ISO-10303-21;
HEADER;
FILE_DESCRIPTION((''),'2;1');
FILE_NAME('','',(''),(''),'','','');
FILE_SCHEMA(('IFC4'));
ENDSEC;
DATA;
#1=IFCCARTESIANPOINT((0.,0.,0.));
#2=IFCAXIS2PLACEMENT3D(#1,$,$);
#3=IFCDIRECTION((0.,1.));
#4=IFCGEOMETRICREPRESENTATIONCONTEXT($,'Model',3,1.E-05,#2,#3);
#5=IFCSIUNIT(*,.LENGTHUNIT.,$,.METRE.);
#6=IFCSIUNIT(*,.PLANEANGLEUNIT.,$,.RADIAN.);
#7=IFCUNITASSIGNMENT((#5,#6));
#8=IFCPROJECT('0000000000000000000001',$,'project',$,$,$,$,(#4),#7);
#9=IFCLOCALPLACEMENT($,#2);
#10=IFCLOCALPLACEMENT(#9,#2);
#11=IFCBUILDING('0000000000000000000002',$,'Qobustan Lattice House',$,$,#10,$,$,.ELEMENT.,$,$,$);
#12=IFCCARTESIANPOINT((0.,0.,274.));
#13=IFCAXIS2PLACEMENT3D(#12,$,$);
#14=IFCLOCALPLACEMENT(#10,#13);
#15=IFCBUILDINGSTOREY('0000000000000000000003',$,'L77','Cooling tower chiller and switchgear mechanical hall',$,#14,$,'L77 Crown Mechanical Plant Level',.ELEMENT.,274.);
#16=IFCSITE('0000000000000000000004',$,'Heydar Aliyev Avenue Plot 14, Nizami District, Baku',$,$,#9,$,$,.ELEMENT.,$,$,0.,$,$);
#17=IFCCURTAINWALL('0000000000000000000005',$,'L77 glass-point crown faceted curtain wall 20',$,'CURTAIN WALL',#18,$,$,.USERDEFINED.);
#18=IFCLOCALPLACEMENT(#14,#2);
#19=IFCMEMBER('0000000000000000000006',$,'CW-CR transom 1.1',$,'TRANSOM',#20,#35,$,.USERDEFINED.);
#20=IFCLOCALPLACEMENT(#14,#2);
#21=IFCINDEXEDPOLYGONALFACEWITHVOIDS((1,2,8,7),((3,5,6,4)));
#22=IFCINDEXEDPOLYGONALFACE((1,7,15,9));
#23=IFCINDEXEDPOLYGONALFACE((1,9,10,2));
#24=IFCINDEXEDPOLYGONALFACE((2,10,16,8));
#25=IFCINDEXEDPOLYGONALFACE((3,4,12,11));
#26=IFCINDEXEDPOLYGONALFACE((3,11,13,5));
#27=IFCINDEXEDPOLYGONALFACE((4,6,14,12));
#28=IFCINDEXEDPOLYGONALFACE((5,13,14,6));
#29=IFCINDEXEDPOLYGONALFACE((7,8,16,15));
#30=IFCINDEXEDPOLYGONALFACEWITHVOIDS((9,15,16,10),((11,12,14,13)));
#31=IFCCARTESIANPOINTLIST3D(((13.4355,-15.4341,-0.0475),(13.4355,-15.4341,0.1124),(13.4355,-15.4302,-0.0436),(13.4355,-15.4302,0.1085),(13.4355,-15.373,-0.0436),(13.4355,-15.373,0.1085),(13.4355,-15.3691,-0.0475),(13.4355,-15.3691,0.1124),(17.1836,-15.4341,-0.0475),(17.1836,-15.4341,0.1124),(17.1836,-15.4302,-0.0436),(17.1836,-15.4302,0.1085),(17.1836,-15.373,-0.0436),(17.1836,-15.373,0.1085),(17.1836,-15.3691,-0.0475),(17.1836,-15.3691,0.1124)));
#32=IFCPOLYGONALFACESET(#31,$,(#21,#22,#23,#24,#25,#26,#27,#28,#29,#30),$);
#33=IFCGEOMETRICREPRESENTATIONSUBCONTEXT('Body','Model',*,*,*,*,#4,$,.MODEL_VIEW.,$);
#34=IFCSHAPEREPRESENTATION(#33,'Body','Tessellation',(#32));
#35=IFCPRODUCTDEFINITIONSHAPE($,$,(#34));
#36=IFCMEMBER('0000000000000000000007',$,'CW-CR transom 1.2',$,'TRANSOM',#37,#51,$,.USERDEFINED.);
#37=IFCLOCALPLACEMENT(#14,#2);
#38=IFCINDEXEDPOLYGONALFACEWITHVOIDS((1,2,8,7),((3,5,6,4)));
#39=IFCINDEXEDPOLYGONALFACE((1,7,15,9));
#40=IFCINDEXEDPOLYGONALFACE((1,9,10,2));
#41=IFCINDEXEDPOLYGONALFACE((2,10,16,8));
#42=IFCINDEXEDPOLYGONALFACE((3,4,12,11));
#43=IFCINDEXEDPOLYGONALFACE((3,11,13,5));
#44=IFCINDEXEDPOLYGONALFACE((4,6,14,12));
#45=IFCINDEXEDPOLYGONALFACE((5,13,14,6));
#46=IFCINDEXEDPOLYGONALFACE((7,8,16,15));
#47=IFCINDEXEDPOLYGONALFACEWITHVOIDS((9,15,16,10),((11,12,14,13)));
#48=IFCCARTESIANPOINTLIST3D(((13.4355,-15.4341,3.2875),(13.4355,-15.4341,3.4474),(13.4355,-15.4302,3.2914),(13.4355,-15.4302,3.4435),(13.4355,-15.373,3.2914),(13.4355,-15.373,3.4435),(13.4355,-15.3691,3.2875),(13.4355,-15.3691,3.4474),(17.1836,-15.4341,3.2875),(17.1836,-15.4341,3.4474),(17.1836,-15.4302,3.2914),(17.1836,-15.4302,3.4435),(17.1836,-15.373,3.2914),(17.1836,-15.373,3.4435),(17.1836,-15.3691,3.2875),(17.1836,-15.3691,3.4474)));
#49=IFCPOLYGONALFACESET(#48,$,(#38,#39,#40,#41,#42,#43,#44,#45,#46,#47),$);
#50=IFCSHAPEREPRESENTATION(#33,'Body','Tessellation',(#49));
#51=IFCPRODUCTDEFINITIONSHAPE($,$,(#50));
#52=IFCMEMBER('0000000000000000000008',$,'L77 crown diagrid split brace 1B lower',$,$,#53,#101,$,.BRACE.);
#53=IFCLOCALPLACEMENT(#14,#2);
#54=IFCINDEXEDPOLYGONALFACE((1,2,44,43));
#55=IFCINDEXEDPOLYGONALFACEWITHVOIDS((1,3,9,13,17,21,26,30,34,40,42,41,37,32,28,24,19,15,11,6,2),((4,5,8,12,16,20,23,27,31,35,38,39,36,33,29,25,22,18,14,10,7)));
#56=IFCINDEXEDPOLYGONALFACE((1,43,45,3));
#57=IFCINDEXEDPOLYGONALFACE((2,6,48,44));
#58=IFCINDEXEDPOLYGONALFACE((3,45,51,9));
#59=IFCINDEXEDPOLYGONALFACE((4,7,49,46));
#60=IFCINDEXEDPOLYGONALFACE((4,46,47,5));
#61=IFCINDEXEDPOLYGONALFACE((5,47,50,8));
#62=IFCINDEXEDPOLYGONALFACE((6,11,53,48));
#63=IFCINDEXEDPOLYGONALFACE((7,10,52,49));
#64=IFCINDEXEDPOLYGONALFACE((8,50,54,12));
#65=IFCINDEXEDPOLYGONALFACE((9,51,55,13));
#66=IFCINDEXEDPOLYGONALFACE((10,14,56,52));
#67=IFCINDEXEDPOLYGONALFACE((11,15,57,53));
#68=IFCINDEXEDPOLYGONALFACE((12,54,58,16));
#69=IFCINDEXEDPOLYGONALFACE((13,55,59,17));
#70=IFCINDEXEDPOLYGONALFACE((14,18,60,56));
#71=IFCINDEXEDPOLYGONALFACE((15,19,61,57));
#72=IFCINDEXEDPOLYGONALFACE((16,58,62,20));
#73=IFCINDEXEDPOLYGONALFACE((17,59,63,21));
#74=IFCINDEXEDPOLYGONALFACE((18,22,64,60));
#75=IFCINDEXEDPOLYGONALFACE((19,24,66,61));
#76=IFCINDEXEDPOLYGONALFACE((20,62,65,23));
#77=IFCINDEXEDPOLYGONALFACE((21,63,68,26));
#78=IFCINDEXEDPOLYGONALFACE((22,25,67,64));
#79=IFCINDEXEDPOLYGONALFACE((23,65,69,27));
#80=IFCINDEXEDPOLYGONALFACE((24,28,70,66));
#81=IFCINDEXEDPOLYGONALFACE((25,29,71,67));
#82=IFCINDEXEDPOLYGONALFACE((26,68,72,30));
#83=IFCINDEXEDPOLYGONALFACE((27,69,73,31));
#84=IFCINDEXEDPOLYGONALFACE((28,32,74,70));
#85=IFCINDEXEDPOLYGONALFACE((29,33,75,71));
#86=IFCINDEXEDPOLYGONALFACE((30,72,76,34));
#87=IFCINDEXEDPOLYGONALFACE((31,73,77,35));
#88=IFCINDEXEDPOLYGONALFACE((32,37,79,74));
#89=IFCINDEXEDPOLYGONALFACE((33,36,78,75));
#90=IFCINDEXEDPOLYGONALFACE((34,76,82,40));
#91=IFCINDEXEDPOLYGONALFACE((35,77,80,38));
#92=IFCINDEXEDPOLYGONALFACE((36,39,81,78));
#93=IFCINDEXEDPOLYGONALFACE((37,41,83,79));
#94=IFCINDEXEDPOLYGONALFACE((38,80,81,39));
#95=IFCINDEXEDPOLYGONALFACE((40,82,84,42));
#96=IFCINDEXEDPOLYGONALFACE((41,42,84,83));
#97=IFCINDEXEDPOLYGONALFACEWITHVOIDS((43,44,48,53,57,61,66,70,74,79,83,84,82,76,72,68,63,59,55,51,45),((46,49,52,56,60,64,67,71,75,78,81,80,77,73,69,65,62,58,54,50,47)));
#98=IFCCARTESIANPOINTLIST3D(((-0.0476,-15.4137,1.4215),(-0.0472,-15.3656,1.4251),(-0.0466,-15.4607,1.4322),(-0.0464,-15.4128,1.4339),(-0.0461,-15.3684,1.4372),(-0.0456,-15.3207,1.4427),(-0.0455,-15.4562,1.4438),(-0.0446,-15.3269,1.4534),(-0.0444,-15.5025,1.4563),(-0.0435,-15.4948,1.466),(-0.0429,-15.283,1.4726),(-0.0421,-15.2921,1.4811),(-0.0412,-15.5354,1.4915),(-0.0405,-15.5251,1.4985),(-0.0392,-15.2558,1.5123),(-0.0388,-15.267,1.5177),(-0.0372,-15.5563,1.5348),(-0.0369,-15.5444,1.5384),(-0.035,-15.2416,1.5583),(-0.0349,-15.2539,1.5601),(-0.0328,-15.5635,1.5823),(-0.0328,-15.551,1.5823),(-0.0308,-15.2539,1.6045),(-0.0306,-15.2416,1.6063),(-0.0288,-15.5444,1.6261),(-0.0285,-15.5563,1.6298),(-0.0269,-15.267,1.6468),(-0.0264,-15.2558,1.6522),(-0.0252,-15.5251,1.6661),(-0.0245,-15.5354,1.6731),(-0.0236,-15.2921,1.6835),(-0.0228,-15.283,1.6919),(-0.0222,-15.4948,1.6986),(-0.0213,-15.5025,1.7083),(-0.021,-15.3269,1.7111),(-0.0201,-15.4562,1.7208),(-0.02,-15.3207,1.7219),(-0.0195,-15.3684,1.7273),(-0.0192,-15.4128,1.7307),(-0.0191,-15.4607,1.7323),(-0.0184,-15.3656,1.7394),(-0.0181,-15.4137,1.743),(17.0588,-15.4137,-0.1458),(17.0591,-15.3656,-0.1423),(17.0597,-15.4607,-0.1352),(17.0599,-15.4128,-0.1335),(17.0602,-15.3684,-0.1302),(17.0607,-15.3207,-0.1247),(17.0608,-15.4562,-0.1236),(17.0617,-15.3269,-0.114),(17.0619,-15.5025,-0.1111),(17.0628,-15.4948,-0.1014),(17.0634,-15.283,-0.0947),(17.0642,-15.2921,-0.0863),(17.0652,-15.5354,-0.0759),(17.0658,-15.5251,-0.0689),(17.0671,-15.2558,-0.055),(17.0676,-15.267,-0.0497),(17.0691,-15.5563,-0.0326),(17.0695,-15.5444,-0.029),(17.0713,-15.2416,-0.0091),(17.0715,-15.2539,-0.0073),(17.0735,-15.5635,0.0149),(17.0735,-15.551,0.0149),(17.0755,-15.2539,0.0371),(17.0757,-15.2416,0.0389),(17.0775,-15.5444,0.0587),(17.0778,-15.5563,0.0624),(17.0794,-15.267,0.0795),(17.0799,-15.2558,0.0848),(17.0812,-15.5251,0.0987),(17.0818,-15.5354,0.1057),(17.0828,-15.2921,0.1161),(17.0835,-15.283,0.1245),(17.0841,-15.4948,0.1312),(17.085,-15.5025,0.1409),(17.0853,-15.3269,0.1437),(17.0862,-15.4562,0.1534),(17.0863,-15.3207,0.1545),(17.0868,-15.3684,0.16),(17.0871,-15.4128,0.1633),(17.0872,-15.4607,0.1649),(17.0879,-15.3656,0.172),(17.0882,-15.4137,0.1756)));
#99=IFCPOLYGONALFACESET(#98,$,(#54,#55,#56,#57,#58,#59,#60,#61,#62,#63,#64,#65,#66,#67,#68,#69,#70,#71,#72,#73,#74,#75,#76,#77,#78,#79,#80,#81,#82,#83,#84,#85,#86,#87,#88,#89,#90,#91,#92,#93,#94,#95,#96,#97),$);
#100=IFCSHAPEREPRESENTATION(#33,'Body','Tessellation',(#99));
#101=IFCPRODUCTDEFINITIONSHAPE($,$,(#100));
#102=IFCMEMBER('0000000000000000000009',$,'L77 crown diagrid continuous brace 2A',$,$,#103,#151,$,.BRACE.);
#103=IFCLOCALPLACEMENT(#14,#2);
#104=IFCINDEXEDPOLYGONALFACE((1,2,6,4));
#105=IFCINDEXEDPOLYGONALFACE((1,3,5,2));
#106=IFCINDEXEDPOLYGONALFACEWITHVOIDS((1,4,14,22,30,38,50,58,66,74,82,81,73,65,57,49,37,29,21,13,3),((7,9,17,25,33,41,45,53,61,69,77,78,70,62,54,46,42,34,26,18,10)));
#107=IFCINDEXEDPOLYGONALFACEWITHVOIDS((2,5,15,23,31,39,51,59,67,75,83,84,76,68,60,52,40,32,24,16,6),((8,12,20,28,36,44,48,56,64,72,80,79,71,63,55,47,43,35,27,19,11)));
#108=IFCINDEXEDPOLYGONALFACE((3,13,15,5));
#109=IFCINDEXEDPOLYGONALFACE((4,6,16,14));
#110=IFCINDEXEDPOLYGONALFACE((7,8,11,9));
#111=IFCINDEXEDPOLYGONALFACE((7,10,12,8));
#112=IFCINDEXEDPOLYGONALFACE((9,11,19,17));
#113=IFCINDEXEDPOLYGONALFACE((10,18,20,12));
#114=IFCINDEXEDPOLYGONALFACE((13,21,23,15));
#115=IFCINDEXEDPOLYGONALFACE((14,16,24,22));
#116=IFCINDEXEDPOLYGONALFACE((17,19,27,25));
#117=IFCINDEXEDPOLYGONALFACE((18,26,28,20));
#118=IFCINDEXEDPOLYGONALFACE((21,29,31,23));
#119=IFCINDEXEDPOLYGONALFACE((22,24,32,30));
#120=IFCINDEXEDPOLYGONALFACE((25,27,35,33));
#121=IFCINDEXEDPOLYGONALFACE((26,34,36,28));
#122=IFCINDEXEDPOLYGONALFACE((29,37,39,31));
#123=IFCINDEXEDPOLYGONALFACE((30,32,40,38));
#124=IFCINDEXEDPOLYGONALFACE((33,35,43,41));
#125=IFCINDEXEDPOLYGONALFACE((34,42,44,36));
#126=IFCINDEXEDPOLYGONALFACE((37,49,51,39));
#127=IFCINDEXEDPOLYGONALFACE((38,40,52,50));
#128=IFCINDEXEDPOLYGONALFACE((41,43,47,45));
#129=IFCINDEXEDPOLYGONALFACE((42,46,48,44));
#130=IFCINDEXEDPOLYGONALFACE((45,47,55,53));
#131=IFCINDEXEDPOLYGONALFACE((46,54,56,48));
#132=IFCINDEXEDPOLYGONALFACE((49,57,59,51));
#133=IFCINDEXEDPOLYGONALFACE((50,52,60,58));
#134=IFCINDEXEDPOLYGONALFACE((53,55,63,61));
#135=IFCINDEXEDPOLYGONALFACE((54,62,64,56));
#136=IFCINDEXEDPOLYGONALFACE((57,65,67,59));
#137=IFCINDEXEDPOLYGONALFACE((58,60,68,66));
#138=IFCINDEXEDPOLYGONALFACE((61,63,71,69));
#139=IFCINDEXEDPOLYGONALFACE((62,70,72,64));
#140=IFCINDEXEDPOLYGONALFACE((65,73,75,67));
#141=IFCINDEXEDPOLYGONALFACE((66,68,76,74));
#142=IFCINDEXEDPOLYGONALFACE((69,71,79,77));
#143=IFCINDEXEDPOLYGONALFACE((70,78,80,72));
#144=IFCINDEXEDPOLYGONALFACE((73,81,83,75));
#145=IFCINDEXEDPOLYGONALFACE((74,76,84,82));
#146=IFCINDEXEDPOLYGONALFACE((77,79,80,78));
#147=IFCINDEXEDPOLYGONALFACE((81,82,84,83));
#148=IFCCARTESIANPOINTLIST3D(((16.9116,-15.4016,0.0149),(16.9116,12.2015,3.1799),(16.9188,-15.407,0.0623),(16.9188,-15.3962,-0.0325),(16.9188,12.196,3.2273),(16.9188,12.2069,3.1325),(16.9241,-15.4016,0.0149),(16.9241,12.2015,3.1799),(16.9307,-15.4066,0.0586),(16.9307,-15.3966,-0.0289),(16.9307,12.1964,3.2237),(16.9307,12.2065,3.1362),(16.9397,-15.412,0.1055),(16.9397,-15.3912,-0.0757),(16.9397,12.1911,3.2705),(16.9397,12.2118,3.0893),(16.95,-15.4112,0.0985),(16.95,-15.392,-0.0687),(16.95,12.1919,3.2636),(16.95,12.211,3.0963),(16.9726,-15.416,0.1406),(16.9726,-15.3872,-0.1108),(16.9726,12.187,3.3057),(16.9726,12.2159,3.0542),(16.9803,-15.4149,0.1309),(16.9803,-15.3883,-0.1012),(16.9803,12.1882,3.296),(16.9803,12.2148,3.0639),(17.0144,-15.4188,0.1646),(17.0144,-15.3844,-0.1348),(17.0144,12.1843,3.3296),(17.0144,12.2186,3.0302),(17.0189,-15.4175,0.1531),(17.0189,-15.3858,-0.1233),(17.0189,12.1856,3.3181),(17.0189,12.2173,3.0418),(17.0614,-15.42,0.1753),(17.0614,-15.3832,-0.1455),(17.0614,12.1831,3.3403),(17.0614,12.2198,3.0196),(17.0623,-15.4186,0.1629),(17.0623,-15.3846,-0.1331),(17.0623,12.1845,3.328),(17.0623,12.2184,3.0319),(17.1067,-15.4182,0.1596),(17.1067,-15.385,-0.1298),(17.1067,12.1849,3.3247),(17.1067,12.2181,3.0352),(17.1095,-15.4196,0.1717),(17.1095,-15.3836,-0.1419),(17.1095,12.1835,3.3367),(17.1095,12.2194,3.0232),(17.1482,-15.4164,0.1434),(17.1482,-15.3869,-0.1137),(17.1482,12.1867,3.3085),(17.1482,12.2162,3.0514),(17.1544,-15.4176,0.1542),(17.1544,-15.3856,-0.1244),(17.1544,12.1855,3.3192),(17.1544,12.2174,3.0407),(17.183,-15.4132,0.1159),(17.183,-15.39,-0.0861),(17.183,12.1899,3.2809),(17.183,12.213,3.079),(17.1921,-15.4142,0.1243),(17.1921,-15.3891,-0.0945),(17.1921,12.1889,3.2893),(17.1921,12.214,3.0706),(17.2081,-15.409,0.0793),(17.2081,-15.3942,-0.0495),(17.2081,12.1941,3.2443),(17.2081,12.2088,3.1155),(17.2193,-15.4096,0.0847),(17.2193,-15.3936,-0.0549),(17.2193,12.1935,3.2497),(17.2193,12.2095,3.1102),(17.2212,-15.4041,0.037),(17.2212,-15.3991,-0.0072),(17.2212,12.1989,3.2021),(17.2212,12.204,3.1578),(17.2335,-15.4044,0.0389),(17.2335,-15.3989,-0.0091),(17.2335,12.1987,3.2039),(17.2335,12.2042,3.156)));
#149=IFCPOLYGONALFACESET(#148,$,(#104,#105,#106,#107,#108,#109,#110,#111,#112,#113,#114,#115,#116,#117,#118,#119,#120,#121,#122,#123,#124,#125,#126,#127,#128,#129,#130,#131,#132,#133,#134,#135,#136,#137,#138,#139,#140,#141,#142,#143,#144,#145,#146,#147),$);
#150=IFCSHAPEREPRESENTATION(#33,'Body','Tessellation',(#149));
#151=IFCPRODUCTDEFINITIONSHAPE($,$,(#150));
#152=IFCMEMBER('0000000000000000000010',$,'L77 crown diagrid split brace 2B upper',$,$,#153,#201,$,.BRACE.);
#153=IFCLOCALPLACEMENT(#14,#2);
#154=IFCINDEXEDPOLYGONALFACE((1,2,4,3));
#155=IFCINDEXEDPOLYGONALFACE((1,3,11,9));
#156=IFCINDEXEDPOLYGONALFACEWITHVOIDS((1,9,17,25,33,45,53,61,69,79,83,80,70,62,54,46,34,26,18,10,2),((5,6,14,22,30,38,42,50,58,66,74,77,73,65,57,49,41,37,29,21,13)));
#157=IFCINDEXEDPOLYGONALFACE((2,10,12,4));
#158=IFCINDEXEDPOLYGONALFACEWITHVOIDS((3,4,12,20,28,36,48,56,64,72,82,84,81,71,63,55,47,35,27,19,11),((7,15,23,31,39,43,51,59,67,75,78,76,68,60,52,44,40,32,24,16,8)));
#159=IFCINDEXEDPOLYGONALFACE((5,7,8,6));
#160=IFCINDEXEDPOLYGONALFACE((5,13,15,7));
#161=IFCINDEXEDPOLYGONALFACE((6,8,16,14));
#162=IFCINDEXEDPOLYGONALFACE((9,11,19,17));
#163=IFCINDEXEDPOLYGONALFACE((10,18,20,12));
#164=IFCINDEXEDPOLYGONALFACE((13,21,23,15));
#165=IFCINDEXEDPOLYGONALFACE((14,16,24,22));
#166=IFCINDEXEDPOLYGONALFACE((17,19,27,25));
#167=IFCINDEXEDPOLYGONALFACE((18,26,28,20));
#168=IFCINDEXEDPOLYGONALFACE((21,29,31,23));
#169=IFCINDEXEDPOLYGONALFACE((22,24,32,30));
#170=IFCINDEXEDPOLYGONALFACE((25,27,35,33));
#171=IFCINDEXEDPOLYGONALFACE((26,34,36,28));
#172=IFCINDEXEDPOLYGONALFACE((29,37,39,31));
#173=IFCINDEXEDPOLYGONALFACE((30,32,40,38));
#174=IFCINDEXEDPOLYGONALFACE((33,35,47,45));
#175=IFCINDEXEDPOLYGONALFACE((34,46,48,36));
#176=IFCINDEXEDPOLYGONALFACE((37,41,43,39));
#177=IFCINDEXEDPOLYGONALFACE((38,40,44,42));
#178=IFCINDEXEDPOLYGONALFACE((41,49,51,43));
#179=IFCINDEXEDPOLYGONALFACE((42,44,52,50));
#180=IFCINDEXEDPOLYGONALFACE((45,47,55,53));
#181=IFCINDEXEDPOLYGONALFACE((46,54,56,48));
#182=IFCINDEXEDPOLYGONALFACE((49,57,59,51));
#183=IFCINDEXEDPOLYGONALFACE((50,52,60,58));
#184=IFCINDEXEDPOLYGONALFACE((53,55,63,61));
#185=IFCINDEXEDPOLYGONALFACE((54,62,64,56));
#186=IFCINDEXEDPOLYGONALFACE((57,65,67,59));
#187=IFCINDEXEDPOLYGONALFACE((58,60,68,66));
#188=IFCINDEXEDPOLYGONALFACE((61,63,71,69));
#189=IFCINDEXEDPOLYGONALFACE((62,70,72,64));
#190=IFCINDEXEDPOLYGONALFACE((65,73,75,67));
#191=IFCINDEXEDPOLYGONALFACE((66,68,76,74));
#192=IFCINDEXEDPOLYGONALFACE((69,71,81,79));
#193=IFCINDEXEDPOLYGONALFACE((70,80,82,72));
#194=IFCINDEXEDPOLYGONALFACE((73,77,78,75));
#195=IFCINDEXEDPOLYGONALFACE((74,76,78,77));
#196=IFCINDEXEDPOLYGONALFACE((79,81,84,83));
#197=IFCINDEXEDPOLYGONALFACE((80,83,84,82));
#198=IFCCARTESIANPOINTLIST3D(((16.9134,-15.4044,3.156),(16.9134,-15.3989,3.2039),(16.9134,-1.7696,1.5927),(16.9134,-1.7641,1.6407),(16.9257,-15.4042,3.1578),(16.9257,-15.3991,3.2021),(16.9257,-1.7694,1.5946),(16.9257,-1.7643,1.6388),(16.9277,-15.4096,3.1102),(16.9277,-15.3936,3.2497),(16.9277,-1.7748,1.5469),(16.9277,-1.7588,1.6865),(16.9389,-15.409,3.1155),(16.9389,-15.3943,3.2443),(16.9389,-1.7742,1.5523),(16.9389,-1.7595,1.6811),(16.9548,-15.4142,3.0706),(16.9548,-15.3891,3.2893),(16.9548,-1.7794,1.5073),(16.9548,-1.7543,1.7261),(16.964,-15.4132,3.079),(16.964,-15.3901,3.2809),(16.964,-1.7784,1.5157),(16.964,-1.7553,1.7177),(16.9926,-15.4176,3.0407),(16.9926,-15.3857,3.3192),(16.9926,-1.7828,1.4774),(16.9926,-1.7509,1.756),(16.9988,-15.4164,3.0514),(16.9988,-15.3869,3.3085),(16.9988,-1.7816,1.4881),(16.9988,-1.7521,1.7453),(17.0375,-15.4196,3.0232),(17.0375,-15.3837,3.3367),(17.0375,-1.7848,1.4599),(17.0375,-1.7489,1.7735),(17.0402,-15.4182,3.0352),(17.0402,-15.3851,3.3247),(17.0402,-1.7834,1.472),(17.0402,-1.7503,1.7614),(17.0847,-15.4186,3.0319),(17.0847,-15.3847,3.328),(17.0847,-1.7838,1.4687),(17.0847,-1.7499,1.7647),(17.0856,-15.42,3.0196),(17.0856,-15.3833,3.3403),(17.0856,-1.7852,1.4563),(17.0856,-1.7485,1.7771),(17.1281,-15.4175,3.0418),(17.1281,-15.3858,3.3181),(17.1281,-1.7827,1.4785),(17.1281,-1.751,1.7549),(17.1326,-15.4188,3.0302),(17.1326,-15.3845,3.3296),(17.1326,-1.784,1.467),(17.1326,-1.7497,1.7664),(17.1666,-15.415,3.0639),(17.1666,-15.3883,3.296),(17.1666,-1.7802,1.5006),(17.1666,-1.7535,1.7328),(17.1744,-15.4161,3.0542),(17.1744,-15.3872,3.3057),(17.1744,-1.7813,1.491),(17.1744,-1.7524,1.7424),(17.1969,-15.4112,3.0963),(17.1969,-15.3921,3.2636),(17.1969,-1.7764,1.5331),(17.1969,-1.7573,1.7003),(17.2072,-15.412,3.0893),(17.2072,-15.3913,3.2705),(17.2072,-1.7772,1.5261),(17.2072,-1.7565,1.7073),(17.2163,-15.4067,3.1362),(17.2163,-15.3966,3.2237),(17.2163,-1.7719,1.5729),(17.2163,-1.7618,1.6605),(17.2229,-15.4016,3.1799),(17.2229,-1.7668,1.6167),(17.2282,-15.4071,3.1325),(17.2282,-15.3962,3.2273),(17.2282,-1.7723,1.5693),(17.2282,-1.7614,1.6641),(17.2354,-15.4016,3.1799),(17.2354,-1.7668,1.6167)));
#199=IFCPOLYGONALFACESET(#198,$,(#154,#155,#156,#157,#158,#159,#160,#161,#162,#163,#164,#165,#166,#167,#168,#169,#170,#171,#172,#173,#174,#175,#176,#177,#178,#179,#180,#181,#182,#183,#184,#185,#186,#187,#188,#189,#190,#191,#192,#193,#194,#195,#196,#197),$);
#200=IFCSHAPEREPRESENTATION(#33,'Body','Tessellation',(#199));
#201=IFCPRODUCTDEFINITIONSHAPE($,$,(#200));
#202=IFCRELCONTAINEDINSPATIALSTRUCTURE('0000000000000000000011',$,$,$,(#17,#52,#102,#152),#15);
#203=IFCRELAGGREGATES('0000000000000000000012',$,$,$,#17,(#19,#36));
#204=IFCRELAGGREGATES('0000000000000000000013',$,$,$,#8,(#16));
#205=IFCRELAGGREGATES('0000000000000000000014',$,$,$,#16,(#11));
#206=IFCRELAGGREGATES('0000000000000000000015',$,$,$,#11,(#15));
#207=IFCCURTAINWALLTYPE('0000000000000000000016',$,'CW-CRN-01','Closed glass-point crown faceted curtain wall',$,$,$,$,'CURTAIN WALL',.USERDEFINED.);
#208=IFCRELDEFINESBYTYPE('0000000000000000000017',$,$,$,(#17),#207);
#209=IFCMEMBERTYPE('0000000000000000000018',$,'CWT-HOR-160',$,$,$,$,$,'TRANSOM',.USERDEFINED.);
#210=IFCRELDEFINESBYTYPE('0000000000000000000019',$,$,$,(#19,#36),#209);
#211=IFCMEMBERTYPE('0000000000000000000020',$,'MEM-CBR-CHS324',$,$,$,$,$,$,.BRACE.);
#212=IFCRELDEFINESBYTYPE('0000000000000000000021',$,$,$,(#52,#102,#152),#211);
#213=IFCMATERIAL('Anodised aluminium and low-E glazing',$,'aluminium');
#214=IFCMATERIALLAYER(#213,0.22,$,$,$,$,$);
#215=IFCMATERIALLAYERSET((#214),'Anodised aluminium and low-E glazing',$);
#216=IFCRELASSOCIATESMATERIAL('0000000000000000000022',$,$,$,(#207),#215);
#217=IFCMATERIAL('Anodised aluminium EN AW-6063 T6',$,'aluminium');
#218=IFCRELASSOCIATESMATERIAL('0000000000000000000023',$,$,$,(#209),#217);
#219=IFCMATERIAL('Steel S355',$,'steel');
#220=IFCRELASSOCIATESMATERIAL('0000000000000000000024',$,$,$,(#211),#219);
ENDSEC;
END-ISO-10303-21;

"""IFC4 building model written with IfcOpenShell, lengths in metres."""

from ifc_helpers import new_model, si_unit, direction, frame, origin, origin_2d, place, context, subcontext, project, spatial, hollow_rectangle, hollow_circle, extrude, material, layer, layer_set, material_profile, profile_set, type_object, element, aggregate, save


model = new_model("IFC4")

# Units and contexts
model_context = context("Model", 3, precision=1e-05, world=origin(), true_north=direction((0.0, 1.0)))
body_context = subcontext(model_context, "Body", "Model", "MODEL_VIEW")
ifc_project = project(units=[si_unit("LENGTHUNIT", "METRE"), si_unit("PLANEANGLEUNIT", "RADIAN")], contexts=[model_context])

# Site, building, storey
site_placement = place(None, origin())
site = spatial("IfcSite", under=ifc_project, at=site_placement, Name="Heydar Aliyev Avenue Plot 14, Nizami District, Baku", CompositionType="ELEMENT", RefElevation=0.0)
building_placement = place(site_placement, origin())
building = spatial("IfcBuilding", under=site, at=building_placement, Name="Qobustan Lattice House", CompositionType="ELEMENT")
storey_placement = place(building_placement, frame((0.0, 0.0, 274.0)))
storey = spatial("IfcBuildingStorey", under=building, at=storey_placement, Name="L77", Description="Cooling tower chiller and switchgear mechanical hall", LongName="L77 Crown Mechanical Plant Level", CompositionType="ELEMENT", Elevation=274.0)

# Shared definitions
ifc_material_1 = material(Name="Anodised aluminium and low-E glazing", Category="aluminium")
ifc_layer_1 = layer(ifc_material_1, 0.22)
ifc_layer_set_1 = layer_set([ifc_layer_1], Name="Anodised aluminium and low-E glazing")
curtain_wall_type = type_object("IfcCurtainWallType", Name="CW-CRN-01", Description="Closed glass-point crown faceted curtain wall", ElementType="CURTAIN WALL", PredefinedType="USERDEFINED", material=ifc_layer_set_1)

# Curtain wall
curtain_wall_1_placement = place(storey_placement, origin())
curtain_wall_1 = element("IfcCurtainWall", 1, at=curtain_wall_1_placement, inside=storey, type_object=curtain_wall_type, Name="L77 glass-point crown faceted curtain wall 20", ObjectType="CURTAIN WALL", PredefinedType="USERDEFINED")

# Members
ifc_material_2 = material(Name="Anodised aluminium EN AW-6063 T6", Category="aluminium")
ifc_material_profile_1 = material_profile(ifc_material_2, hollow_rectangle(XDim=0.0649, YDim=0.1599, WallThickness=0.0039, at=origin_2d()), Name="CWT-160x65")
ifc_profile_set_1 = profile_set([ifc_material_profile_1], Name="Anodised aluminium EN AW-6063 T6")
member_type_1 = type_object("IfcMemberType", Name="CWT-HOR-160", ElementType="TRANSOM", PredefinedType="USERDEFINED", material=ifc_profile_set_1)
member_1_placement = place(storey_placement, frame((17.1836, -15.4016, 0.0325), z_axis=(-1.0, 0.0, 0.0), x_axis=(0.0, -1.0, 0.0)))
member_1 = element("IfcMember", 2, at=member_1_placement, type_object=member_type_1, Name="CW-CR transom 1.1", ObjectType="TRANSOM", PredefinedType="USERDEFINED", context=body_context, shape_type="SweptSolid", body=[
    extrude(hollow_rectangle(XDim=0.0649, YDim=0.1599, WallThickness=0.0039, at=origin_2d()), origin(), (0.0, 0.0, 1.0), 3.748),
])
member_2_placement = place(storey_placement, frame((17.1836, -15.4016, 3.3674), z_axis=(-1.0, 0.0, 0.0), x_axis=(0.0, -1.0, 0.0)))
member_2 = element("IfcMember", 3, at=member_2_placement, type_object=member_type_1, Name="CW-CR transom 1.2", ObjectType="TRANSOM", PredefinedType="USERDEFINED", context=body_context, shape_type="SweptSolid", body=[
    extrude(hollow_rectangle(XDim=0.0649, YDim=0.1599, WallThickness=0.0039, at=origin_2d()), origin(), (0.0, 0.0, 1.0), 3.748),
])
aggregate(curtain_wall_1, [member_1, member_2])

# Members
ifc_material_3 = material(Name="Steel S355", Category="steel")
ifc_material_profile_2 = material_profile(ifc_material_3, hollow_circle(Radius=0.1619, WallThickness=0.0125, at=origin_2d()), Name="CHS323.9x12.5")
ifc_profile_set_2 = profile_set([ifc_material_profile_2], Name="Steel S355")
member_type_2 = type_object("IfcMemberType", Name="MEM-CBR-CHS324", PredefinedType="BRACE", material=ifc_profile_set_2)
member_3_placement = place(storey_placement, frame((17.0735, -15.4016, 0.0149), z_axis=(-0.995829, 0.0, 0.091244), x_axis=(0.0, -1.0, 0.0)))
element("IfcMember", 4, at=member_3_placement, inside=storey, type_object=member_type_2, Name="L77 crown diagrid split brace 1B lower", PredefinedType="BRACE", context=body_context, shape_type="SweptSolid", body=[
    extrude(hollow_circle(Radius=0.1619, WallThickness=0.0125, at=origin_2d()), origin(), (0.0, 0.0, 1.0), 17.178),
])
member_4_placement = place(storey_placement, frame((17.0735, -15.4016, 0.0149), z_axis=(0.0, 0.99349, 0.113916), x_axis=(-1.0, 0.0, 0.0)))
element("IfcMember", 5, at=member_4_placement, inside=storey, type_object=member_type_2, Name="L77 crown diagrid continuous brace 2A", PredefinedType="BRACE", context=body_context, shape_type="SweptSolid", body=[
    extrude(hollow_circle(Radius=0.1619, WallThickness=0.0125, at=origin_2d()), origin(), (0.0, 0.0, 1.0), 27.7839),
])
member_5_placement = place(storey_placement, frame((17.0735, -1.7668, 1.6167), z_axis=(0.0, -0.993492, 0.113904), x_axis=(1.0, 0.0, 0.0)))
element("IfcMember", 6, at=member_5_placement, inside=storey, type_object=member_type_2, Name="L77 crown diagrid split brace 2B upper", PredefinedType="BRACE", context=body_context, shape_type="SweptSolid", body=[
    extrude(hollow_circle(Radius=0.1619, WallThickness=0.0125, at=origin_2d()), origin(), (0.0, 0.0, 1.0), 13.7241),
])

save(model, "model.ifc")
